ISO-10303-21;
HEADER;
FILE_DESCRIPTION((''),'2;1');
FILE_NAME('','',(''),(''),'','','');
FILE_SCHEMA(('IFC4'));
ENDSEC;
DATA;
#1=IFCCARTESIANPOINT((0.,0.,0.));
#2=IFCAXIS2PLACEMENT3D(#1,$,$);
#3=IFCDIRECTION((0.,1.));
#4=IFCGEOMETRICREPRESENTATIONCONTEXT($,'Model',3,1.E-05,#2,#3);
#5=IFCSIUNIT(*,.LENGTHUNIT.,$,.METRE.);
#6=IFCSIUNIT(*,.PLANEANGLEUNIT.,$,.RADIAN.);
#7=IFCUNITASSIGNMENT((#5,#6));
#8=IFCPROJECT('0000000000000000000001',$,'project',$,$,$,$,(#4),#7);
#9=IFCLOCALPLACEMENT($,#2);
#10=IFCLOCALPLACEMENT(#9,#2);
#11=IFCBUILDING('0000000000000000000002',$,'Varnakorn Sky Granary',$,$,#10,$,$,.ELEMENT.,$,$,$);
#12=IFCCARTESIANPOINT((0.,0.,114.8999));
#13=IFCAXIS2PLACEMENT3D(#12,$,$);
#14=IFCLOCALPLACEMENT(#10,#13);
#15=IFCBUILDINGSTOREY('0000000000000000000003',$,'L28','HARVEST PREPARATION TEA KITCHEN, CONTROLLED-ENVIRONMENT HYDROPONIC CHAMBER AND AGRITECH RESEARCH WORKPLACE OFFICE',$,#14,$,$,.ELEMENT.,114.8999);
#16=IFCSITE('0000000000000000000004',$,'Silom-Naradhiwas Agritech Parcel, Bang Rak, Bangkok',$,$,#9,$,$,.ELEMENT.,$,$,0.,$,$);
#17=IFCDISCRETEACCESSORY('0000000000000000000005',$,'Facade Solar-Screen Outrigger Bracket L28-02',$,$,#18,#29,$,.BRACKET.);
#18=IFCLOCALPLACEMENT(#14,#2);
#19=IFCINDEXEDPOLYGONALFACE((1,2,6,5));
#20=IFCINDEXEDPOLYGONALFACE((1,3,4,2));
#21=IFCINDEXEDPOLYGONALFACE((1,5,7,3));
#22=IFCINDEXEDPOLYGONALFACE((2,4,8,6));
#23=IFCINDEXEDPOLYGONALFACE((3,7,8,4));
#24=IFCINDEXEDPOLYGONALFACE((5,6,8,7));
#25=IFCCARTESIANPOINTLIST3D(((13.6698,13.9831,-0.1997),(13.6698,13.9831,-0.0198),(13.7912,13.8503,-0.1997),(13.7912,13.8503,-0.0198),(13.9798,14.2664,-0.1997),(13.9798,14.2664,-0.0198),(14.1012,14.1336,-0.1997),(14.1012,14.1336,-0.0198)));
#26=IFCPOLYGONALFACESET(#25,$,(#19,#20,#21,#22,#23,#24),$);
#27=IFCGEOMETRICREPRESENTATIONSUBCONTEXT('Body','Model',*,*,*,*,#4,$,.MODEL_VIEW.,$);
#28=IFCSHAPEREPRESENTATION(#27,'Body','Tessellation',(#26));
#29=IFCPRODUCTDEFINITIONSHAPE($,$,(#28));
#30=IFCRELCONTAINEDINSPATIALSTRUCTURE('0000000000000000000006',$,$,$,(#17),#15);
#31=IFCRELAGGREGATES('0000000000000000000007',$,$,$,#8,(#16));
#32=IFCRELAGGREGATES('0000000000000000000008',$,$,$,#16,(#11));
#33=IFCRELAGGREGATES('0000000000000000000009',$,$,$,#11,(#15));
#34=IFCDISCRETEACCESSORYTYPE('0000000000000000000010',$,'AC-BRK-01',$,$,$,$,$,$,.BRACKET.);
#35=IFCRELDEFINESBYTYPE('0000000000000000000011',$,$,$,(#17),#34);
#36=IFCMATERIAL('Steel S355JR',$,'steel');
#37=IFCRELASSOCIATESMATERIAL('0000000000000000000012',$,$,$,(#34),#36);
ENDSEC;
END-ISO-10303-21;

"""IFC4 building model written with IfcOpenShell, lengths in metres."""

from ifc_helpers import new_model, si_unit, direction, frame, origin, origin_2d, place, context, subcontext, project, spatial, rectangle, extrude, source, transform, mapped, material, type_object, type_shapes, element, save


model = new_model("IFC4")

# Units and contexts
model_context = context("Model", 3, precision=1e-05, world=origin(), true_north=direction((0.0, 1.0)))
body_context = subcontext(model_context, "Body", "Model", "MODEL_VIEW")
ifc_project = project(units=[si_unit("LENGTHUNIT", "METRE"), si_unit("PLANEANGLEUNIT", "RADIAN")], contexts=[model_context])

# Site, building, storey
site_placement = place(None, origin())
site = spatial("IfcSite", under=ifc_project, at=site_placement, Name="Silom-Naradhiwas Agritech Parcel, Bang Rak, Bangkok", CompositionType="ELEMENT", RefElevation=0.0)
building_placement = place(site_placement, origin())
building = spatial("IfcBuilding", under=site, at=building_placement, Name="Varnakorn Sky Granary", CompositionType="ELEMENT")
storey_placement = place(building_placement, frame((0.0, 0.0, 114.8999)))
storey = spatial("IfcBuildingStorey", under=building, at=storey_placement, Name="L28", Description="HARVEST PREPARATION TEA KITCHEN, CONTROLLED-ENVIRONMENT HYDROPONIC CHAMBER AND AGRITECH RESEARCH WORKPLACE OFFICE", CompositionType="ELEMENT", Elevation=114.8999)

# Shared definitions
ifc_material_1 = material(Name="Steel S355JR", Category="steel")

# Discrete accessory
discrete_accessory_type = type_object("IfcDiscreteAccessoryType", Name="AC-BRK-01", PredefinedType="BRACKET", material=ifc_material_1)
shared_shape_1 = source(origin(), body_context, "Body", "SweptSolid", [
    extrude(rectangle(XDim=0.1799, YDim=0.4199, at=origin_2d()), origin(), (0.0, 0.0, 1.0), 0.1799),
])
type_shapes(discrete_accessory_type, [shared_shape_1])
discrete_accessory_placement = place(storey_placement, frame((13.8855, 14.0583, -0.1997), z_axis=(0.0, 0.0, 1.0), x_axis=(-0.674552, 0.738227, 0.0)))
element("IfcDiscreteAccessory", 1, at=discrete_accessory_placement, inside=storey, type_object=discrete_accessory_type, Name="Facade Solar-Screen Outrigger Bracket L28-02", PredefinedType="BRACKET", context=body_context, shape_type="MappedRepresentation", body=[
    mapped(shared_shape_1, transform((0.0, 0.0, 0.0), x_axis=(1.0, 0.0, 0.0), y_axis=(0.0, 1.0, 0.0), z_axis=(0.0, 0.0, 1.0), scale=1.0)),
])

save(model, "model.ifc")
